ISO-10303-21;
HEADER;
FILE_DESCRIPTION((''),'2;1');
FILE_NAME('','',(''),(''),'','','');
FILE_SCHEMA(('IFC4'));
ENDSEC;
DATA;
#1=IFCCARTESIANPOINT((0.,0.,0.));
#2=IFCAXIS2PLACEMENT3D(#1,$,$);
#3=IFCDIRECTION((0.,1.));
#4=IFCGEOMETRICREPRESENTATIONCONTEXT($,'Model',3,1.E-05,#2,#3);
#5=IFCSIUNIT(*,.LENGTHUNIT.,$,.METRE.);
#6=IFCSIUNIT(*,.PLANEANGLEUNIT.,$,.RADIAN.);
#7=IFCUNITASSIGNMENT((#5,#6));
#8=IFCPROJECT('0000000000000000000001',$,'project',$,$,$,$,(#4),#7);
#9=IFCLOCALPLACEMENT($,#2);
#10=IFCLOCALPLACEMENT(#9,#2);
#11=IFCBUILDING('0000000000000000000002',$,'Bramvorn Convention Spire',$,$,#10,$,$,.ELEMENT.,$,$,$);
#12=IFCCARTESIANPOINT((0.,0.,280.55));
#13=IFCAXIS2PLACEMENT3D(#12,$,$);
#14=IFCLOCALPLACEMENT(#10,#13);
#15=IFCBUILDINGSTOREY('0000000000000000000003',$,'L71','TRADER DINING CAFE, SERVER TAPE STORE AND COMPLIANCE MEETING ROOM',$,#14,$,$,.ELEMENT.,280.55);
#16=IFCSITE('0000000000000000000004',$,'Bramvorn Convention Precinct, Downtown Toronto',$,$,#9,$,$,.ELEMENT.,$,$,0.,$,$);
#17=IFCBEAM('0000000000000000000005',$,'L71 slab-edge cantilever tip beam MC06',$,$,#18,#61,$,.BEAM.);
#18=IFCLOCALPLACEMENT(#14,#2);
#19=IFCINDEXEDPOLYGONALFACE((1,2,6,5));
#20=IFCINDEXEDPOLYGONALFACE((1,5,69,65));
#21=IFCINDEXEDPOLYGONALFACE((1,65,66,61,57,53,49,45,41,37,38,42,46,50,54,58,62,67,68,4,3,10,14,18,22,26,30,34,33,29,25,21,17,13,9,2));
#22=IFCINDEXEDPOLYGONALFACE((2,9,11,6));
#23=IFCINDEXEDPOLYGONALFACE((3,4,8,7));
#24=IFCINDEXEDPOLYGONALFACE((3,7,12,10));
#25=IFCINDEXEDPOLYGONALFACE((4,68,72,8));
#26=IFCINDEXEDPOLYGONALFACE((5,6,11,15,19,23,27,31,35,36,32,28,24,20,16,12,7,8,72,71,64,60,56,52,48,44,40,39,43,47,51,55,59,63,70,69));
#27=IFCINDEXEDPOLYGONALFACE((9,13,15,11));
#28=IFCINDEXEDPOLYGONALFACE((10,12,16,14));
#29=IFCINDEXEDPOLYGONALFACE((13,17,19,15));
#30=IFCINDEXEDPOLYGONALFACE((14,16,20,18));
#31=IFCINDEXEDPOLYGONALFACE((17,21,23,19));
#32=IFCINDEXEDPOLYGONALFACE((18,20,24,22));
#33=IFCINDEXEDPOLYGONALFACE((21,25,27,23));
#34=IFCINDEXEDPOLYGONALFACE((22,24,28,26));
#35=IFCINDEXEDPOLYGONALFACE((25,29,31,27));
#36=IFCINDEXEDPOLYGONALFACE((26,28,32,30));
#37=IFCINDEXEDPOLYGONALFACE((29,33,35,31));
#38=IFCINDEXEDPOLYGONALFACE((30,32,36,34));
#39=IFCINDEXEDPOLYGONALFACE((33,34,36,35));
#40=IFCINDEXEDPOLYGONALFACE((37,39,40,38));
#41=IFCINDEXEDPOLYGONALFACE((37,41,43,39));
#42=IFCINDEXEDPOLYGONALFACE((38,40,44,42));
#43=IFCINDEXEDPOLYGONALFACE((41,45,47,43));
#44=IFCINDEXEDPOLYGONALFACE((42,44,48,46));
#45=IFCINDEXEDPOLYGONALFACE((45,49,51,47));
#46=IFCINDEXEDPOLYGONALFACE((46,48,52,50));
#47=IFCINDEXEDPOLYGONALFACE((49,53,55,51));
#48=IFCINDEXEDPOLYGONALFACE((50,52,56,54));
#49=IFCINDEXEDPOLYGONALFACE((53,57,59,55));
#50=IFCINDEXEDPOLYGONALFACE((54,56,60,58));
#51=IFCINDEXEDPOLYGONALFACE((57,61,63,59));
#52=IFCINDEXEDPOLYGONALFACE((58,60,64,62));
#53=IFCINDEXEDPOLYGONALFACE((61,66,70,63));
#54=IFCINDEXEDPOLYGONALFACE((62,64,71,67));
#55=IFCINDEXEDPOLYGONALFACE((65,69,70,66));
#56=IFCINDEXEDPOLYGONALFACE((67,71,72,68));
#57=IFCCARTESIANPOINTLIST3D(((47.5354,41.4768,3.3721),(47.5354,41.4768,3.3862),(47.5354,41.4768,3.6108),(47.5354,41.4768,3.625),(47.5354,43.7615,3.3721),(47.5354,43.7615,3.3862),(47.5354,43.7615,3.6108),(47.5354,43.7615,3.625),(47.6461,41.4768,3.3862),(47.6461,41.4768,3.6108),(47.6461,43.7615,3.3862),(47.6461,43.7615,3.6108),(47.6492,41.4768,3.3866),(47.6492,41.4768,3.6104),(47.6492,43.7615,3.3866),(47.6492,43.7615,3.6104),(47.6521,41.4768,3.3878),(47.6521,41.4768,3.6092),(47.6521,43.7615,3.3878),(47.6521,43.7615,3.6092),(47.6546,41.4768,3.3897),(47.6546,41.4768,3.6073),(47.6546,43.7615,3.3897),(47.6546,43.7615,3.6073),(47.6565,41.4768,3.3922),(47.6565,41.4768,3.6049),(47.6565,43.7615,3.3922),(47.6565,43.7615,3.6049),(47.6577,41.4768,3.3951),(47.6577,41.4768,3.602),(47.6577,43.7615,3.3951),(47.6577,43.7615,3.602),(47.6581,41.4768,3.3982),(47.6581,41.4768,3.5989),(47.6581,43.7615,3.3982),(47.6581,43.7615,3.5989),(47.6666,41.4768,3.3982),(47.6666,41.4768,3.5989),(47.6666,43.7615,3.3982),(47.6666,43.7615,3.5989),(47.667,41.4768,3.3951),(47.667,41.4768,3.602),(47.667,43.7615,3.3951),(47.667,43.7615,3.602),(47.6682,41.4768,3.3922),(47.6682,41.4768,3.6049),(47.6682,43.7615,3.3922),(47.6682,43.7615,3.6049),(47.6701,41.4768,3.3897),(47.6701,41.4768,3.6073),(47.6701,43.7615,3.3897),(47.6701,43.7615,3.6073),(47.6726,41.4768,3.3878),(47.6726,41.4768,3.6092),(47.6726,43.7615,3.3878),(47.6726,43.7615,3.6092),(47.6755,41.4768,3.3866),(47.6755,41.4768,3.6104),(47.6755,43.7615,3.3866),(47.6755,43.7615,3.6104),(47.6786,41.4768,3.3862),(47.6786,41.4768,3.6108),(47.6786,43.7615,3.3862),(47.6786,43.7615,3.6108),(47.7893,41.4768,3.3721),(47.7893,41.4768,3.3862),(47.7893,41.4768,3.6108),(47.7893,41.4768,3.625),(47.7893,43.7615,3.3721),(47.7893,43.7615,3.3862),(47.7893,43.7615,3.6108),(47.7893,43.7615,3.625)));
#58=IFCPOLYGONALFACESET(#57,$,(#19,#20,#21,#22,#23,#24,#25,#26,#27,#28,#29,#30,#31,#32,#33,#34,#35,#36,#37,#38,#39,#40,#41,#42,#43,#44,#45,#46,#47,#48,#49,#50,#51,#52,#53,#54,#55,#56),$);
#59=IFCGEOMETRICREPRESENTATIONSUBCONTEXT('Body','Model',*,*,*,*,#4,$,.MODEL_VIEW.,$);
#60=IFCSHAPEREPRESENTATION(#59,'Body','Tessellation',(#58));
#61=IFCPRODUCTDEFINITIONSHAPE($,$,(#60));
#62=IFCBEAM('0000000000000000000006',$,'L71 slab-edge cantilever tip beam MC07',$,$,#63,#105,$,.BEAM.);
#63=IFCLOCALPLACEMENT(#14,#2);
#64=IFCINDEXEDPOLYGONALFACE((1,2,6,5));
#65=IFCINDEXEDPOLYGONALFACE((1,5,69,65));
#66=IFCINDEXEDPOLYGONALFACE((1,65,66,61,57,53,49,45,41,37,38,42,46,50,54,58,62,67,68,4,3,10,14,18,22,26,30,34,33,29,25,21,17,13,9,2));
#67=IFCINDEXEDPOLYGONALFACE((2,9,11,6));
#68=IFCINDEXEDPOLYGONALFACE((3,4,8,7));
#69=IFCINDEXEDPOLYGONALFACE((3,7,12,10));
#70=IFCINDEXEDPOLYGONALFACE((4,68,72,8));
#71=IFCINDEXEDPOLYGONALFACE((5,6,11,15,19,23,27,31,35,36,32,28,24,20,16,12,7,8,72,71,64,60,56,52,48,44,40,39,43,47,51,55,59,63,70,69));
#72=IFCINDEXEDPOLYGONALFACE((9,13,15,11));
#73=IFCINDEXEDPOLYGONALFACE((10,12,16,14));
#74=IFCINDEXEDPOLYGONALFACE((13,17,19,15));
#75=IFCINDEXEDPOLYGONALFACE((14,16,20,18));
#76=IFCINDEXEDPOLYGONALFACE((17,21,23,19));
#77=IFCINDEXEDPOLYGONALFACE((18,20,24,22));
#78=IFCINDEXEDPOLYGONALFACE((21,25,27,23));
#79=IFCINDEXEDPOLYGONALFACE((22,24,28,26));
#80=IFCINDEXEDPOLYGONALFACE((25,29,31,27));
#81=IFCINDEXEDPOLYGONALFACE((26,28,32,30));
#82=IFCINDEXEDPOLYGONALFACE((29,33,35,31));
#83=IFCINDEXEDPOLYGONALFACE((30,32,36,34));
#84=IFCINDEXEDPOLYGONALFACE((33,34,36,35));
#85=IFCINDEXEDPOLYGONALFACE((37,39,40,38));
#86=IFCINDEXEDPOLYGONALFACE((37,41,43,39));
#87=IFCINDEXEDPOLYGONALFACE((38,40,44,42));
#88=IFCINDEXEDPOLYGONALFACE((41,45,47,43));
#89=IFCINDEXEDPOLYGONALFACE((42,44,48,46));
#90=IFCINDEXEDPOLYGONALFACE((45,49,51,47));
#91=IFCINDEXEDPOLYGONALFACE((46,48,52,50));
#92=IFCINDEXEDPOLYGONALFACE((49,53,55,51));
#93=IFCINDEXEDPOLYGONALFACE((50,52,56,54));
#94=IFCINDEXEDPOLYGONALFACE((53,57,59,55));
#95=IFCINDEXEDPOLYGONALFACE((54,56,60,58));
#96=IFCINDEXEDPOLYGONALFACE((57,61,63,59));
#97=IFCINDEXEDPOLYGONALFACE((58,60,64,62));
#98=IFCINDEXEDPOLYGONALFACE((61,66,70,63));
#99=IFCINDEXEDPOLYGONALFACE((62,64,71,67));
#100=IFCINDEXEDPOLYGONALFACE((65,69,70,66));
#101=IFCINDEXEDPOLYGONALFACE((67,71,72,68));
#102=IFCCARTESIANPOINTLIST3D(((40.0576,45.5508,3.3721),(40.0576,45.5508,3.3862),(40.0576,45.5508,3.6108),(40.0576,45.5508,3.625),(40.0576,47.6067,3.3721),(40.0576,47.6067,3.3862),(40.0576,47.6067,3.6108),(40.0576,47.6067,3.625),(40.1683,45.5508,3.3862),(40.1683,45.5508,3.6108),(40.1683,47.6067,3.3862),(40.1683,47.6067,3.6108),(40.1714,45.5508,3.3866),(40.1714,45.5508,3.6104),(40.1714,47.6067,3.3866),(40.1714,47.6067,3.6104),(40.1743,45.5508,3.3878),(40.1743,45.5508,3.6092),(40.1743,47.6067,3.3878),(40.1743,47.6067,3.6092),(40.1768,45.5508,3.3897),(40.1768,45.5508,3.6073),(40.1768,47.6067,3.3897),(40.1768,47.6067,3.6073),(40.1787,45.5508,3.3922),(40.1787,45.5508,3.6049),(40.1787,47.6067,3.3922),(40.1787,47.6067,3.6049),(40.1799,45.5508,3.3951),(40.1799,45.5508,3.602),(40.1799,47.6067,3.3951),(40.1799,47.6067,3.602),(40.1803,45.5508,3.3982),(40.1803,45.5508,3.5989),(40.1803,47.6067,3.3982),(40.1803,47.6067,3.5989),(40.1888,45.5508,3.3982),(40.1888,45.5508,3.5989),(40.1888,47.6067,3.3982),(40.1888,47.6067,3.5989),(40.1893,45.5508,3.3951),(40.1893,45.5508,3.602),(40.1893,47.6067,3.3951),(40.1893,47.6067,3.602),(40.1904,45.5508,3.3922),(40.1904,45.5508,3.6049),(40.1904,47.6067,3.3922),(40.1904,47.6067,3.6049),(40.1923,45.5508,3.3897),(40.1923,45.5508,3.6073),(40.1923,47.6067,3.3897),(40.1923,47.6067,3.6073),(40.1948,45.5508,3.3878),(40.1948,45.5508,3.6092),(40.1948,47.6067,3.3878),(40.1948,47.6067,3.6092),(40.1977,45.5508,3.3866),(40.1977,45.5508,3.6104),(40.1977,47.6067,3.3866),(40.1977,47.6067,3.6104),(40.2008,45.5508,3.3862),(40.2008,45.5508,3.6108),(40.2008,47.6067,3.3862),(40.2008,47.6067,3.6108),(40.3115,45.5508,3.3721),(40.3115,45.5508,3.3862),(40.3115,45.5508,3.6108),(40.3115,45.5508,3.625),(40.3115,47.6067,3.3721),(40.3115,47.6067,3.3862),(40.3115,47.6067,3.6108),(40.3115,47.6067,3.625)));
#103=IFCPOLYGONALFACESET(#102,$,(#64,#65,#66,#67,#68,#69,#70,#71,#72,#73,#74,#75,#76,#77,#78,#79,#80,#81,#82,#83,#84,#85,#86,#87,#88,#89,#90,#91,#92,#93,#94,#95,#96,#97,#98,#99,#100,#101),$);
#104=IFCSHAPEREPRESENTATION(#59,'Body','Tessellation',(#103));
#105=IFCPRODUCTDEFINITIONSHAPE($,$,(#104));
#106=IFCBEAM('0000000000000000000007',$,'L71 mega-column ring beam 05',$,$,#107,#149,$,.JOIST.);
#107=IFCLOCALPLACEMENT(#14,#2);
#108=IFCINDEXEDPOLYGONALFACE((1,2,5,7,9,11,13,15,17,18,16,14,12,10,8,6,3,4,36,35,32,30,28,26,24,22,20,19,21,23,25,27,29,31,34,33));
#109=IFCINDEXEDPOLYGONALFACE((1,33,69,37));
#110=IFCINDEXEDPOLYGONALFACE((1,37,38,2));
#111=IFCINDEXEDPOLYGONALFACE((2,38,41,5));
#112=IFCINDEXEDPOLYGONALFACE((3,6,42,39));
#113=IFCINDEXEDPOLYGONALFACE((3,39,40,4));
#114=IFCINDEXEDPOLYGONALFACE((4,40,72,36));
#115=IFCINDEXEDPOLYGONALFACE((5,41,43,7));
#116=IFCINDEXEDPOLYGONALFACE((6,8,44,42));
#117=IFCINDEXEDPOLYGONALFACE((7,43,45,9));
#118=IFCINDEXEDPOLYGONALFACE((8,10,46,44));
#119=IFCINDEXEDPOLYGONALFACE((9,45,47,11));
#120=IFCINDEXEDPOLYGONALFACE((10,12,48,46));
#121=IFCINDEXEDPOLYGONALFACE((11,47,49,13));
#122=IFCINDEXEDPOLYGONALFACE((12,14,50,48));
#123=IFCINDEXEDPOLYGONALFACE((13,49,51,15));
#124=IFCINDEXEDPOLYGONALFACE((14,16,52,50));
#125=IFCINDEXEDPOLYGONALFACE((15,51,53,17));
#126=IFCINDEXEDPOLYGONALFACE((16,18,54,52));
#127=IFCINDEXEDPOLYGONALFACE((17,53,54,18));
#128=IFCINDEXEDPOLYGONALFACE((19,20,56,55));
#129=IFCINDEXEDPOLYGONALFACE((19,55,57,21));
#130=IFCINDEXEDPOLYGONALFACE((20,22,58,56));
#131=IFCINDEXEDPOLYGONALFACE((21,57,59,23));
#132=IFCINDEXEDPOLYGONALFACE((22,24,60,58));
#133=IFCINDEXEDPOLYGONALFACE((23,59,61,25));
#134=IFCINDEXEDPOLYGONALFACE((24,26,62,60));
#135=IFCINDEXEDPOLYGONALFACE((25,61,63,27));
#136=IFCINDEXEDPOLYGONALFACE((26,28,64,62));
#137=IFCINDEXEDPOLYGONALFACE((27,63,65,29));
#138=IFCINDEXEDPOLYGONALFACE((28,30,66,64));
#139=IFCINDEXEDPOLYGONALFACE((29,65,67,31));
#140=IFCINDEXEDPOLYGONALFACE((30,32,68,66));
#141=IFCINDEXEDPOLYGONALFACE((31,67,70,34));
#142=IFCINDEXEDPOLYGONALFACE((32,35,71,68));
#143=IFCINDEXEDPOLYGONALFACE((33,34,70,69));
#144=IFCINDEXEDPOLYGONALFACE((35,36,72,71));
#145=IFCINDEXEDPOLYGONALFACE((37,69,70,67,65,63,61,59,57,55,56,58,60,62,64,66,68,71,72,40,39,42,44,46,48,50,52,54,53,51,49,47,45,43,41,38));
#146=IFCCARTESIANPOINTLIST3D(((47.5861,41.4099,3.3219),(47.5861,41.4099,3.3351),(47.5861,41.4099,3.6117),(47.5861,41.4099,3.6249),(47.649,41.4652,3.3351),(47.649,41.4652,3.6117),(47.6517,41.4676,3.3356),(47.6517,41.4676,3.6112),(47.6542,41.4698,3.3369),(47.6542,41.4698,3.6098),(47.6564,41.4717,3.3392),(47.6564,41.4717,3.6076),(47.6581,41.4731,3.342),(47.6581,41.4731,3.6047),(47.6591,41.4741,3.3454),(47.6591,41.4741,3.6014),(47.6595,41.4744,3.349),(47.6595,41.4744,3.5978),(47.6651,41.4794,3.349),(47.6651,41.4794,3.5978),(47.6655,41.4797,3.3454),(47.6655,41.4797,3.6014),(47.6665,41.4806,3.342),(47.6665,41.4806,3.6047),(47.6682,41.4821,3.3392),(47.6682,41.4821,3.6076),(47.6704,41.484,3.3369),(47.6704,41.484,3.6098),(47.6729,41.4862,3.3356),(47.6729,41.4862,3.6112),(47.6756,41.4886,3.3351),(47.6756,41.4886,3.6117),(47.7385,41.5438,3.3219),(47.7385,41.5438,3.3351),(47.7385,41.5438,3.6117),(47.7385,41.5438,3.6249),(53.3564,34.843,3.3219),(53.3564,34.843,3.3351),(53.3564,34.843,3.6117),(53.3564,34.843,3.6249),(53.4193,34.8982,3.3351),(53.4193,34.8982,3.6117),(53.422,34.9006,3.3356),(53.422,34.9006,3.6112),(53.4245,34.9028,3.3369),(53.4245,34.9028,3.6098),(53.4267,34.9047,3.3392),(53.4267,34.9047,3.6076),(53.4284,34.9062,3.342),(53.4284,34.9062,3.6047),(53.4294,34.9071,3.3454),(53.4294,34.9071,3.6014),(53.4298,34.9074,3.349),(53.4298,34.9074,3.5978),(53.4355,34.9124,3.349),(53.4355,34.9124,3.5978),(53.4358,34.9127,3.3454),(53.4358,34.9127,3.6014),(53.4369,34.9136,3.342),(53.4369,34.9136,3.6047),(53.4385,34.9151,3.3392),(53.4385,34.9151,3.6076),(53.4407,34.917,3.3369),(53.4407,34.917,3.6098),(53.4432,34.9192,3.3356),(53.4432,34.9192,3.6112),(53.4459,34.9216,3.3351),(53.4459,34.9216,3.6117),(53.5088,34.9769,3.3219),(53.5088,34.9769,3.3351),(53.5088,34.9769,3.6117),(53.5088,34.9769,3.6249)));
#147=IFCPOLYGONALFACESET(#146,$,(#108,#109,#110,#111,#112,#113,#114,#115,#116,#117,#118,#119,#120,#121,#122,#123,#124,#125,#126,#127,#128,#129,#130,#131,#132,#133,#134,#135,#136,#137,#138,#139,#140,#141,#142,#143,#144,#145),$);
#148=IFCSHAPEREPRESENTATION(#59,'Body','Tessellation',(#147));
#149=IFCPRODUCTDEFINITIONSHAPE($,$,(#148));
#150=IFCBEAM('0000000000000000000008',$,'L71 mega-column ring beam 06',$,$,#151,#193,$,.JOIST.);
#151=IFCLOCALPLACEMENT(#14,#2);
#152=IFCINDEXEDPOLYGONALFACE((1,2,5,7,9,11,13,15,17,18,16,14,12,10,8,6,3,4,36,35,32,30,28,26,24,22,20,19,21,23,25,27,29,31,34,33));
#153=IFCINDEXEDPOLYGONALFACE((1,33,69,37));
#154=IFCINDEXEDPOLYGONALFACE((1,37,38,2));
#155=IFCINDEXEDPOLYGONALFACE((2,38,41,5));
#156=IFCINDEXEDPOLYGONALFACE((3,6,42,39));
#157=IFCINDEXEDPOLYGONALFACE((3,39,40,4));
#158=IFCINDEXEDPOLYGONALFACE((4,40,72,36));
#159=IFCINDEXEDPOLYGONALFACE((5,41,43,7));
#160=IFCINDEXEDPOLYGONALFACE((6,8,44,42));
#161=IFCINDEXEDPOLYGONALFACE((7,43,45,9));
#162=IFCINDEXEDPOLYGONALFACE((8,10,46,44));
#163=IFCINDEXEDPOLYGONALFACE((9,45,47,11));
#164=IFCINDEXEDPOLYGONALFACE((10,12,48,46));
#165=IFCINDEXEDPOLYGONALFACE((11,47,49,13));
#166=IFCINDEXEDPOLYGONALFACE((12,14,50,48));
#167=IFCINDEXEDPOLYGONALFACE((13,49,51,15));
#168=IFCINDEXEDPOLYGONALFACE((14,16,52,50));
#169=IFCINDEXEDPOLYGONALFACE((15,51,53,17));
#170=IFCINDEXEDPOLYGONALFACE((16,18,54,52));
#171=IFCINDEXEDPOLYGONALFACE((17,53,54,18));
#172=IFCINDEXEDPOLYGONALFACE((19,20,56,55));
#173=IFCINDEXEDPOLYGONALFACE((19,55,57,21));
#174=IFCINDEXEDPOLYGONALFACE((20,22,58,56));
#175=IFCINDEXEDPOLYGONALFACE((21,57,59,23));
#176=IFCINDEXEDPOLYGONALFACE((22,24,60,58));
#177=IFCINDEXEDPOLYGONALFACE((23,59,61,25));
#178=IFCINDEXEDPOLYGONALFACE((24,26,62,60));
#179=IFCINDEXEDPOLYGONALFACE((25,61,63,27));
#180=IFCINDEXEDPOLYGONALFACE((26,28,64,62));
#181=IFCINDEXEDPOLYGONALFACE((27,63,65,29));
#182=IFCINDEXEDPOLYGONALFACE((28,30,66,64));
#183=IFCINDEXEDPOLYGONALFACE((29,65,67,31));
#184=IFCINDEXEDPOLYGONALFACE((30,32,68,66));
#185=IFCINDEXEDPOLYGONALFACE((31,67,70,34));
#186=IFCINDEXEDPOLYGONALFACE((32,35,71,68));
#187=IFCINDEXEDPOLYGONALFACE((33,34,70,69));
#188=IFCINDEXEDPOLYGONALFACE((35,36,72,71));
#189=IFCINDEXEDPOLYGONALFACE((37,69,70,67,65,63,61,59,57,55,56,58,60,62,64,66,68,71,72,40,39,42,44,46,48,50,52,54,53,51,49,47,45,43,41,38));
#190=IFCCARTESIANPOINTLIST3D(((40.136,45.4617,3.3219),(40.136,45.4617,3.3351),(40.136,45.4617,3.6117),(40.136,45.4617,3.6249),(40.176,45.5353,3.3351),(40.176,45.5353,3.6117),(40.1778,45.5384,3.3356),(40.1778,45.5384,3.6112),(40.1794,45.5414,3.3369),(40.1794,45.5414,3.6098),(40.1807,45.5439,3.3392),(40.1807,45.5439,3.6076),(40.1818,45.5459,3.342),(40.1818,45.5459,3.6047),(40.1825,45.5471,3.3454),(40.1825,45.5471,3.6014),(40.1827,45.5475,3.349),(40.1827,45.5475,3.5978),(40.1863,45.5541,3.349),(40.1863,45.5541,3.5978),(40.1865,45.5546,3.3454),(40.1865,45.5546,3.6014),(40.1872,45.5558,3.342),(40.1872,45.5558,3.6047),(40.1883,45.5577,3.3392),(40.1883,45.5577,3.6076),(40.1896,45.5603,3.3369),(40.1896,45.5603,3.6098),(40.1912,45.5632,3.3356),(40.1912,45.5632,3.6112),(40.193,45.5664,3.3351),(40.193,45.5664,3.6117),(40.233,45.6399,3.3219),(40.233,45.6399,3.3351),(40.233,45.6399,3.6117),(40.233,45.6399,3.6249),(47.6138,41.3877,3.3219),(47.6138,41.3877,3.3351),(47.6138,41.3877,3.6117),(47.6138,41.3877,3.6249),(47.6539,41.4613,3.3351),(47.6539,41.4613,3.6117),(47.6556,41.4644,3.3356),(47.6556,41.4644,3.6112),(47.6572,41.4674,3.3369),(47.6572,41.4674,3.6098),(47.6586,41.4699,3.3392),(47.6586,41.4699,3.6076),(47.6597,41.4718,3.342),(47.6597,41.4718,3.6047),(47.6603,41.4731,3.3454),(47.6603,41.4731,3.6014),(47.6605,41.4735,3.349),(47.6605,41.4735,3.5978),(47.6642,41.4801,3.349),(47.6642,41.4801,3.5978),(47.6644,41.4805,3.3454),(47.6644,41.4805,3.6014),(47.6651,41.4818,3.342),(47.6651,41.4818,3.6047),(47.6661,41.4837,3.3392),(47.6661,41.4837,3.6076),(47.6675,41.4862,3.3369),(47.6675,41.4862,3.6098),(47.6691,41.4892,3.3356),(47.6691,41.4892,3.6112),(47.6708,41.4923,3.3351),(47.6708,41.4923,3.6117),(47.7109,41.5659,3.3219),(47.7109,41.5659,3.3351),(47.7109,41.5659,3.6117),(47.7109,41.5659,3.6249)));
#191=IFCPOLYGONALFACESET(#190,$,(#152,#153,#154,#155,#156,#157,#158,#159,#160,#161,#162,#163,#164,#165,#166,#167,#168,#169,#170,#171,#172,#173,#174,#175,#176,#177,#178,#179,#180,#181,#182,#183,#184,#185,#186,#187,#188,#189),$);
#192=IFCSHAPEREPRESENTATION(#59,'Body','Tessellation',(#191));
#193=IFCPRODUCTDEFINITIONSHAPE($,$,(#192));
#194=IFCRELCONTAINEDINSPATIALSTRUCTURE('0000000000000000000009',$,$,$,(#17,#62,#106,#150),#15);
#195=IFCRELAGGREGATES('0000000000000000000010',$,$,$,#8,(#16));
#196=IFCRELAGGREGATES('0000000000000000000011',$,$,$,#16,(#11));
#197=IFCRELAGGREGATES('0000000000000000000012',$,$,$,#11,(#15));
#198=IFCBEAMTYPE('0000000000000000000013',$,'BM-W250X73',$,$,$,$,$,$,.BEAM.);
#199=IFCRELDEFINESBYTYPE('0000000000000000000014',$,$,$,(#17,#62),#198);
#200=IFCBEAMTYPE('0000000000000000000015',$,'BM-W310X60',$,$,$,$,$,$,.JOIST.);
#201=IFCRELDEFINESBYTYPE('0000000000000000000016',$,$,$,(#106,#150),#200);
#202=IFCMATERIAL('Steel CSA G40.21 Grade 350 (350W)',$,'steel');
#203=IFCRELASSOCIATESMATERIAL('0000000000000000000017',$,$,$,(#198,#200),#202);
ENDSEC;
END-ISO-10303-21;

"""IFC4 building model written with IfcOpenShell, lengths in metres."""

from ifc_helpers import new_model, si_unit, direction, frame, origin, origin_2d, place, context, subcontext, project, spatial, i_section, extrude, material, material_profile, profile_set, type_object, element, save


model = new_model("IFC4")

# Units and contexts
model_context = context("Model", 3, precision=1e-05, world=origin(), true_north=direction((0.0, 1.0)))
body_context = subcontext(model_context, "Body", "Model", "MODEL_VIEW")
ifc_project = project(units=[si_unit("LENGTHUNIT", "METRE"), si_unit("PLANEANGLEUNIT", "RADIAN")], contexts=[model_context])

# Site, building, storey
site_placement = place(None, origin())
site = spatial("IfcSite", under=ifc_project, at=site_placement, Name="Bramvorn Convention Precinct, Downtown Toronto", CompositionType="ELEMENT", RefElevation=0.0)
building_placement = place(site_placement, origin())
building = spatial("IfcBuilding", under=site, at=building_placement, Name="Bramvorn Convention Spire", CompositionType="ELEMENT")
storey_placement = place(building_placement, frame((0.0, 0.0, 280.55)))
storey = spatial("IfcBuildingStorey", under=building, at=storey_placement, Name="L71", Description="TRADER DINING CAFE, SERVER TAPE STORE AND COMPLIANCE MEETING ROOM", CompositionType="ELEMENT", Elevation=280.55)

# Shared definitions
ifc_material_1 = material(Name="Steel CSA G40.21 Grade 350 (350W)", Category="steel")

# Beams
ifc_material_profile_1 = material_profile(ifc_material_1, i_section(OverallWidth=0.2539, OverallDepth=0.2529, WebThickness=0.0085, FlangeThickness=0.0142, FilletRadius=0.012, at=origin_2d()))
ifc_profile_set_1 = profile_set([ifc_material_profile_1], Name="Steel CSA G40.21 Grade 350 (350W) - W250X73")
beam_type_1 = type_object("IfcBeamType", Name="BM-W250X73", PredefinedType="BEAM", material=ifc_profile_set_1)
beam_1_placement = place(storey_placement, frame((47.6624, 41.4768, 3.4985), z_axis=(0.0, 1.0, 0.0), x_axis=(-1.0, 0.0, 0.0)))
element("IfcBeam", 1, at=beam_1_placement, inside=storey, type_object=beam_type_1, Name="L71 slab-edge cantilever tip beam MC06", PredefinedType="BEAM", context=body_context, shape_type="SweptSolid", body=[
    extrude(i_section(OverallWidth=0.2539, OverallDepth=0.2529, WebThickness=0.0085, FlangeThickness=0.0142, FilletRadius=0.012, at=origin_2d()), origin(), (0.0, 0.0, 1.0), 2.2847),
])
beam_2_placement = place(storey_placement, frame((40.1846, 45.5508, 3.4985), z_axis=(0.0, 1.0, 0.0), x_axis=(-1.0, 0.0, 0.0)))
element("IfcBeam", 2, at=beam_2_placement, inside=storey, type_object=beam_type_1, Name="L71 slab-edge cantilever tip beam MC07", PredefinedType="BEAM", context=body_context, shape_type="SweptSolid", body=[
    extrude(i_section(OverallWidth=0.2539, OverallDepth=0.2529, WebThickness=0.0085, FlangeThickness=0.0142, FilletRadius=0.012, at=origin_2d()), origin(), (0.0, 0.0, 1.0), 2.0559),
])
ifc_material_profile_2 = material_profile(ifc_material_1, i_section(OverallWidth=0.2029, OverallDepth=0.303, WebThickness=0.0076, FlangeThickness=0.0132, FilletRadius=0.0139, at=origin_2d()))
ifc_profile_set_2 = profile_set([ifc_material_profile_2], Name="Steel CSA G40.21 Grade 350 (350W) - W310X60")
beam_type_2 = type_object("IfcBeamType", Name="BM-W310X60", PredefinedType="JOIST", material=ifc_profile_set_2)
beam_3_placement = place(storey_placement, frame((53.4326, 34.9099, 3.4734), z_axis=(-0.660073, 0.751201, 0.0), x_axis=(-0.751201, -0.660073, 0.0)))
element("IfcBeam", 3, at=beam_3_placement, inside=storey, type_object=beam_type_2, Name="L71 mega-column ring beam 05", PredefinedType="JOIST", context=body_context, shape_type="SweptSolid", body=[
    extrude(i_section(OverallWidth=0.2029, OverallDepth=0.303, WebThickness=0.0076, FlangeThickness=0.0132, FilletRadius=0.0139, at=origin_2d()), origin(), (0.0, 0.0, 1.0), 8.7419),
])
beam_4_placement = place(storey_placement, frame((47.6624, 41.4768, 3.4734), z_axis=(-0.878133, 0.478416, 0.0), x_axis=(-0.478416, -0.878133, 0.0)))
element("IfcBeam", 4, at=beam_4_placement, inside=storey, type_object=beam_type_2, Name="L71 mega-column ring beam 06", PredefinedType="JOIST", context=body_context, shape_type="SweptSolid", body=[
    extrude(i_section(OverallWidth=0.2029, OverallDepth=0.303, WebThickness=0.0076, FlangeThickness=0.0132, FilletRadius=0.0139, at=origin_2d()), origin(), (0.0, 0.0, 1.0), 8.5156),
])

save(model, "model.ifc")
